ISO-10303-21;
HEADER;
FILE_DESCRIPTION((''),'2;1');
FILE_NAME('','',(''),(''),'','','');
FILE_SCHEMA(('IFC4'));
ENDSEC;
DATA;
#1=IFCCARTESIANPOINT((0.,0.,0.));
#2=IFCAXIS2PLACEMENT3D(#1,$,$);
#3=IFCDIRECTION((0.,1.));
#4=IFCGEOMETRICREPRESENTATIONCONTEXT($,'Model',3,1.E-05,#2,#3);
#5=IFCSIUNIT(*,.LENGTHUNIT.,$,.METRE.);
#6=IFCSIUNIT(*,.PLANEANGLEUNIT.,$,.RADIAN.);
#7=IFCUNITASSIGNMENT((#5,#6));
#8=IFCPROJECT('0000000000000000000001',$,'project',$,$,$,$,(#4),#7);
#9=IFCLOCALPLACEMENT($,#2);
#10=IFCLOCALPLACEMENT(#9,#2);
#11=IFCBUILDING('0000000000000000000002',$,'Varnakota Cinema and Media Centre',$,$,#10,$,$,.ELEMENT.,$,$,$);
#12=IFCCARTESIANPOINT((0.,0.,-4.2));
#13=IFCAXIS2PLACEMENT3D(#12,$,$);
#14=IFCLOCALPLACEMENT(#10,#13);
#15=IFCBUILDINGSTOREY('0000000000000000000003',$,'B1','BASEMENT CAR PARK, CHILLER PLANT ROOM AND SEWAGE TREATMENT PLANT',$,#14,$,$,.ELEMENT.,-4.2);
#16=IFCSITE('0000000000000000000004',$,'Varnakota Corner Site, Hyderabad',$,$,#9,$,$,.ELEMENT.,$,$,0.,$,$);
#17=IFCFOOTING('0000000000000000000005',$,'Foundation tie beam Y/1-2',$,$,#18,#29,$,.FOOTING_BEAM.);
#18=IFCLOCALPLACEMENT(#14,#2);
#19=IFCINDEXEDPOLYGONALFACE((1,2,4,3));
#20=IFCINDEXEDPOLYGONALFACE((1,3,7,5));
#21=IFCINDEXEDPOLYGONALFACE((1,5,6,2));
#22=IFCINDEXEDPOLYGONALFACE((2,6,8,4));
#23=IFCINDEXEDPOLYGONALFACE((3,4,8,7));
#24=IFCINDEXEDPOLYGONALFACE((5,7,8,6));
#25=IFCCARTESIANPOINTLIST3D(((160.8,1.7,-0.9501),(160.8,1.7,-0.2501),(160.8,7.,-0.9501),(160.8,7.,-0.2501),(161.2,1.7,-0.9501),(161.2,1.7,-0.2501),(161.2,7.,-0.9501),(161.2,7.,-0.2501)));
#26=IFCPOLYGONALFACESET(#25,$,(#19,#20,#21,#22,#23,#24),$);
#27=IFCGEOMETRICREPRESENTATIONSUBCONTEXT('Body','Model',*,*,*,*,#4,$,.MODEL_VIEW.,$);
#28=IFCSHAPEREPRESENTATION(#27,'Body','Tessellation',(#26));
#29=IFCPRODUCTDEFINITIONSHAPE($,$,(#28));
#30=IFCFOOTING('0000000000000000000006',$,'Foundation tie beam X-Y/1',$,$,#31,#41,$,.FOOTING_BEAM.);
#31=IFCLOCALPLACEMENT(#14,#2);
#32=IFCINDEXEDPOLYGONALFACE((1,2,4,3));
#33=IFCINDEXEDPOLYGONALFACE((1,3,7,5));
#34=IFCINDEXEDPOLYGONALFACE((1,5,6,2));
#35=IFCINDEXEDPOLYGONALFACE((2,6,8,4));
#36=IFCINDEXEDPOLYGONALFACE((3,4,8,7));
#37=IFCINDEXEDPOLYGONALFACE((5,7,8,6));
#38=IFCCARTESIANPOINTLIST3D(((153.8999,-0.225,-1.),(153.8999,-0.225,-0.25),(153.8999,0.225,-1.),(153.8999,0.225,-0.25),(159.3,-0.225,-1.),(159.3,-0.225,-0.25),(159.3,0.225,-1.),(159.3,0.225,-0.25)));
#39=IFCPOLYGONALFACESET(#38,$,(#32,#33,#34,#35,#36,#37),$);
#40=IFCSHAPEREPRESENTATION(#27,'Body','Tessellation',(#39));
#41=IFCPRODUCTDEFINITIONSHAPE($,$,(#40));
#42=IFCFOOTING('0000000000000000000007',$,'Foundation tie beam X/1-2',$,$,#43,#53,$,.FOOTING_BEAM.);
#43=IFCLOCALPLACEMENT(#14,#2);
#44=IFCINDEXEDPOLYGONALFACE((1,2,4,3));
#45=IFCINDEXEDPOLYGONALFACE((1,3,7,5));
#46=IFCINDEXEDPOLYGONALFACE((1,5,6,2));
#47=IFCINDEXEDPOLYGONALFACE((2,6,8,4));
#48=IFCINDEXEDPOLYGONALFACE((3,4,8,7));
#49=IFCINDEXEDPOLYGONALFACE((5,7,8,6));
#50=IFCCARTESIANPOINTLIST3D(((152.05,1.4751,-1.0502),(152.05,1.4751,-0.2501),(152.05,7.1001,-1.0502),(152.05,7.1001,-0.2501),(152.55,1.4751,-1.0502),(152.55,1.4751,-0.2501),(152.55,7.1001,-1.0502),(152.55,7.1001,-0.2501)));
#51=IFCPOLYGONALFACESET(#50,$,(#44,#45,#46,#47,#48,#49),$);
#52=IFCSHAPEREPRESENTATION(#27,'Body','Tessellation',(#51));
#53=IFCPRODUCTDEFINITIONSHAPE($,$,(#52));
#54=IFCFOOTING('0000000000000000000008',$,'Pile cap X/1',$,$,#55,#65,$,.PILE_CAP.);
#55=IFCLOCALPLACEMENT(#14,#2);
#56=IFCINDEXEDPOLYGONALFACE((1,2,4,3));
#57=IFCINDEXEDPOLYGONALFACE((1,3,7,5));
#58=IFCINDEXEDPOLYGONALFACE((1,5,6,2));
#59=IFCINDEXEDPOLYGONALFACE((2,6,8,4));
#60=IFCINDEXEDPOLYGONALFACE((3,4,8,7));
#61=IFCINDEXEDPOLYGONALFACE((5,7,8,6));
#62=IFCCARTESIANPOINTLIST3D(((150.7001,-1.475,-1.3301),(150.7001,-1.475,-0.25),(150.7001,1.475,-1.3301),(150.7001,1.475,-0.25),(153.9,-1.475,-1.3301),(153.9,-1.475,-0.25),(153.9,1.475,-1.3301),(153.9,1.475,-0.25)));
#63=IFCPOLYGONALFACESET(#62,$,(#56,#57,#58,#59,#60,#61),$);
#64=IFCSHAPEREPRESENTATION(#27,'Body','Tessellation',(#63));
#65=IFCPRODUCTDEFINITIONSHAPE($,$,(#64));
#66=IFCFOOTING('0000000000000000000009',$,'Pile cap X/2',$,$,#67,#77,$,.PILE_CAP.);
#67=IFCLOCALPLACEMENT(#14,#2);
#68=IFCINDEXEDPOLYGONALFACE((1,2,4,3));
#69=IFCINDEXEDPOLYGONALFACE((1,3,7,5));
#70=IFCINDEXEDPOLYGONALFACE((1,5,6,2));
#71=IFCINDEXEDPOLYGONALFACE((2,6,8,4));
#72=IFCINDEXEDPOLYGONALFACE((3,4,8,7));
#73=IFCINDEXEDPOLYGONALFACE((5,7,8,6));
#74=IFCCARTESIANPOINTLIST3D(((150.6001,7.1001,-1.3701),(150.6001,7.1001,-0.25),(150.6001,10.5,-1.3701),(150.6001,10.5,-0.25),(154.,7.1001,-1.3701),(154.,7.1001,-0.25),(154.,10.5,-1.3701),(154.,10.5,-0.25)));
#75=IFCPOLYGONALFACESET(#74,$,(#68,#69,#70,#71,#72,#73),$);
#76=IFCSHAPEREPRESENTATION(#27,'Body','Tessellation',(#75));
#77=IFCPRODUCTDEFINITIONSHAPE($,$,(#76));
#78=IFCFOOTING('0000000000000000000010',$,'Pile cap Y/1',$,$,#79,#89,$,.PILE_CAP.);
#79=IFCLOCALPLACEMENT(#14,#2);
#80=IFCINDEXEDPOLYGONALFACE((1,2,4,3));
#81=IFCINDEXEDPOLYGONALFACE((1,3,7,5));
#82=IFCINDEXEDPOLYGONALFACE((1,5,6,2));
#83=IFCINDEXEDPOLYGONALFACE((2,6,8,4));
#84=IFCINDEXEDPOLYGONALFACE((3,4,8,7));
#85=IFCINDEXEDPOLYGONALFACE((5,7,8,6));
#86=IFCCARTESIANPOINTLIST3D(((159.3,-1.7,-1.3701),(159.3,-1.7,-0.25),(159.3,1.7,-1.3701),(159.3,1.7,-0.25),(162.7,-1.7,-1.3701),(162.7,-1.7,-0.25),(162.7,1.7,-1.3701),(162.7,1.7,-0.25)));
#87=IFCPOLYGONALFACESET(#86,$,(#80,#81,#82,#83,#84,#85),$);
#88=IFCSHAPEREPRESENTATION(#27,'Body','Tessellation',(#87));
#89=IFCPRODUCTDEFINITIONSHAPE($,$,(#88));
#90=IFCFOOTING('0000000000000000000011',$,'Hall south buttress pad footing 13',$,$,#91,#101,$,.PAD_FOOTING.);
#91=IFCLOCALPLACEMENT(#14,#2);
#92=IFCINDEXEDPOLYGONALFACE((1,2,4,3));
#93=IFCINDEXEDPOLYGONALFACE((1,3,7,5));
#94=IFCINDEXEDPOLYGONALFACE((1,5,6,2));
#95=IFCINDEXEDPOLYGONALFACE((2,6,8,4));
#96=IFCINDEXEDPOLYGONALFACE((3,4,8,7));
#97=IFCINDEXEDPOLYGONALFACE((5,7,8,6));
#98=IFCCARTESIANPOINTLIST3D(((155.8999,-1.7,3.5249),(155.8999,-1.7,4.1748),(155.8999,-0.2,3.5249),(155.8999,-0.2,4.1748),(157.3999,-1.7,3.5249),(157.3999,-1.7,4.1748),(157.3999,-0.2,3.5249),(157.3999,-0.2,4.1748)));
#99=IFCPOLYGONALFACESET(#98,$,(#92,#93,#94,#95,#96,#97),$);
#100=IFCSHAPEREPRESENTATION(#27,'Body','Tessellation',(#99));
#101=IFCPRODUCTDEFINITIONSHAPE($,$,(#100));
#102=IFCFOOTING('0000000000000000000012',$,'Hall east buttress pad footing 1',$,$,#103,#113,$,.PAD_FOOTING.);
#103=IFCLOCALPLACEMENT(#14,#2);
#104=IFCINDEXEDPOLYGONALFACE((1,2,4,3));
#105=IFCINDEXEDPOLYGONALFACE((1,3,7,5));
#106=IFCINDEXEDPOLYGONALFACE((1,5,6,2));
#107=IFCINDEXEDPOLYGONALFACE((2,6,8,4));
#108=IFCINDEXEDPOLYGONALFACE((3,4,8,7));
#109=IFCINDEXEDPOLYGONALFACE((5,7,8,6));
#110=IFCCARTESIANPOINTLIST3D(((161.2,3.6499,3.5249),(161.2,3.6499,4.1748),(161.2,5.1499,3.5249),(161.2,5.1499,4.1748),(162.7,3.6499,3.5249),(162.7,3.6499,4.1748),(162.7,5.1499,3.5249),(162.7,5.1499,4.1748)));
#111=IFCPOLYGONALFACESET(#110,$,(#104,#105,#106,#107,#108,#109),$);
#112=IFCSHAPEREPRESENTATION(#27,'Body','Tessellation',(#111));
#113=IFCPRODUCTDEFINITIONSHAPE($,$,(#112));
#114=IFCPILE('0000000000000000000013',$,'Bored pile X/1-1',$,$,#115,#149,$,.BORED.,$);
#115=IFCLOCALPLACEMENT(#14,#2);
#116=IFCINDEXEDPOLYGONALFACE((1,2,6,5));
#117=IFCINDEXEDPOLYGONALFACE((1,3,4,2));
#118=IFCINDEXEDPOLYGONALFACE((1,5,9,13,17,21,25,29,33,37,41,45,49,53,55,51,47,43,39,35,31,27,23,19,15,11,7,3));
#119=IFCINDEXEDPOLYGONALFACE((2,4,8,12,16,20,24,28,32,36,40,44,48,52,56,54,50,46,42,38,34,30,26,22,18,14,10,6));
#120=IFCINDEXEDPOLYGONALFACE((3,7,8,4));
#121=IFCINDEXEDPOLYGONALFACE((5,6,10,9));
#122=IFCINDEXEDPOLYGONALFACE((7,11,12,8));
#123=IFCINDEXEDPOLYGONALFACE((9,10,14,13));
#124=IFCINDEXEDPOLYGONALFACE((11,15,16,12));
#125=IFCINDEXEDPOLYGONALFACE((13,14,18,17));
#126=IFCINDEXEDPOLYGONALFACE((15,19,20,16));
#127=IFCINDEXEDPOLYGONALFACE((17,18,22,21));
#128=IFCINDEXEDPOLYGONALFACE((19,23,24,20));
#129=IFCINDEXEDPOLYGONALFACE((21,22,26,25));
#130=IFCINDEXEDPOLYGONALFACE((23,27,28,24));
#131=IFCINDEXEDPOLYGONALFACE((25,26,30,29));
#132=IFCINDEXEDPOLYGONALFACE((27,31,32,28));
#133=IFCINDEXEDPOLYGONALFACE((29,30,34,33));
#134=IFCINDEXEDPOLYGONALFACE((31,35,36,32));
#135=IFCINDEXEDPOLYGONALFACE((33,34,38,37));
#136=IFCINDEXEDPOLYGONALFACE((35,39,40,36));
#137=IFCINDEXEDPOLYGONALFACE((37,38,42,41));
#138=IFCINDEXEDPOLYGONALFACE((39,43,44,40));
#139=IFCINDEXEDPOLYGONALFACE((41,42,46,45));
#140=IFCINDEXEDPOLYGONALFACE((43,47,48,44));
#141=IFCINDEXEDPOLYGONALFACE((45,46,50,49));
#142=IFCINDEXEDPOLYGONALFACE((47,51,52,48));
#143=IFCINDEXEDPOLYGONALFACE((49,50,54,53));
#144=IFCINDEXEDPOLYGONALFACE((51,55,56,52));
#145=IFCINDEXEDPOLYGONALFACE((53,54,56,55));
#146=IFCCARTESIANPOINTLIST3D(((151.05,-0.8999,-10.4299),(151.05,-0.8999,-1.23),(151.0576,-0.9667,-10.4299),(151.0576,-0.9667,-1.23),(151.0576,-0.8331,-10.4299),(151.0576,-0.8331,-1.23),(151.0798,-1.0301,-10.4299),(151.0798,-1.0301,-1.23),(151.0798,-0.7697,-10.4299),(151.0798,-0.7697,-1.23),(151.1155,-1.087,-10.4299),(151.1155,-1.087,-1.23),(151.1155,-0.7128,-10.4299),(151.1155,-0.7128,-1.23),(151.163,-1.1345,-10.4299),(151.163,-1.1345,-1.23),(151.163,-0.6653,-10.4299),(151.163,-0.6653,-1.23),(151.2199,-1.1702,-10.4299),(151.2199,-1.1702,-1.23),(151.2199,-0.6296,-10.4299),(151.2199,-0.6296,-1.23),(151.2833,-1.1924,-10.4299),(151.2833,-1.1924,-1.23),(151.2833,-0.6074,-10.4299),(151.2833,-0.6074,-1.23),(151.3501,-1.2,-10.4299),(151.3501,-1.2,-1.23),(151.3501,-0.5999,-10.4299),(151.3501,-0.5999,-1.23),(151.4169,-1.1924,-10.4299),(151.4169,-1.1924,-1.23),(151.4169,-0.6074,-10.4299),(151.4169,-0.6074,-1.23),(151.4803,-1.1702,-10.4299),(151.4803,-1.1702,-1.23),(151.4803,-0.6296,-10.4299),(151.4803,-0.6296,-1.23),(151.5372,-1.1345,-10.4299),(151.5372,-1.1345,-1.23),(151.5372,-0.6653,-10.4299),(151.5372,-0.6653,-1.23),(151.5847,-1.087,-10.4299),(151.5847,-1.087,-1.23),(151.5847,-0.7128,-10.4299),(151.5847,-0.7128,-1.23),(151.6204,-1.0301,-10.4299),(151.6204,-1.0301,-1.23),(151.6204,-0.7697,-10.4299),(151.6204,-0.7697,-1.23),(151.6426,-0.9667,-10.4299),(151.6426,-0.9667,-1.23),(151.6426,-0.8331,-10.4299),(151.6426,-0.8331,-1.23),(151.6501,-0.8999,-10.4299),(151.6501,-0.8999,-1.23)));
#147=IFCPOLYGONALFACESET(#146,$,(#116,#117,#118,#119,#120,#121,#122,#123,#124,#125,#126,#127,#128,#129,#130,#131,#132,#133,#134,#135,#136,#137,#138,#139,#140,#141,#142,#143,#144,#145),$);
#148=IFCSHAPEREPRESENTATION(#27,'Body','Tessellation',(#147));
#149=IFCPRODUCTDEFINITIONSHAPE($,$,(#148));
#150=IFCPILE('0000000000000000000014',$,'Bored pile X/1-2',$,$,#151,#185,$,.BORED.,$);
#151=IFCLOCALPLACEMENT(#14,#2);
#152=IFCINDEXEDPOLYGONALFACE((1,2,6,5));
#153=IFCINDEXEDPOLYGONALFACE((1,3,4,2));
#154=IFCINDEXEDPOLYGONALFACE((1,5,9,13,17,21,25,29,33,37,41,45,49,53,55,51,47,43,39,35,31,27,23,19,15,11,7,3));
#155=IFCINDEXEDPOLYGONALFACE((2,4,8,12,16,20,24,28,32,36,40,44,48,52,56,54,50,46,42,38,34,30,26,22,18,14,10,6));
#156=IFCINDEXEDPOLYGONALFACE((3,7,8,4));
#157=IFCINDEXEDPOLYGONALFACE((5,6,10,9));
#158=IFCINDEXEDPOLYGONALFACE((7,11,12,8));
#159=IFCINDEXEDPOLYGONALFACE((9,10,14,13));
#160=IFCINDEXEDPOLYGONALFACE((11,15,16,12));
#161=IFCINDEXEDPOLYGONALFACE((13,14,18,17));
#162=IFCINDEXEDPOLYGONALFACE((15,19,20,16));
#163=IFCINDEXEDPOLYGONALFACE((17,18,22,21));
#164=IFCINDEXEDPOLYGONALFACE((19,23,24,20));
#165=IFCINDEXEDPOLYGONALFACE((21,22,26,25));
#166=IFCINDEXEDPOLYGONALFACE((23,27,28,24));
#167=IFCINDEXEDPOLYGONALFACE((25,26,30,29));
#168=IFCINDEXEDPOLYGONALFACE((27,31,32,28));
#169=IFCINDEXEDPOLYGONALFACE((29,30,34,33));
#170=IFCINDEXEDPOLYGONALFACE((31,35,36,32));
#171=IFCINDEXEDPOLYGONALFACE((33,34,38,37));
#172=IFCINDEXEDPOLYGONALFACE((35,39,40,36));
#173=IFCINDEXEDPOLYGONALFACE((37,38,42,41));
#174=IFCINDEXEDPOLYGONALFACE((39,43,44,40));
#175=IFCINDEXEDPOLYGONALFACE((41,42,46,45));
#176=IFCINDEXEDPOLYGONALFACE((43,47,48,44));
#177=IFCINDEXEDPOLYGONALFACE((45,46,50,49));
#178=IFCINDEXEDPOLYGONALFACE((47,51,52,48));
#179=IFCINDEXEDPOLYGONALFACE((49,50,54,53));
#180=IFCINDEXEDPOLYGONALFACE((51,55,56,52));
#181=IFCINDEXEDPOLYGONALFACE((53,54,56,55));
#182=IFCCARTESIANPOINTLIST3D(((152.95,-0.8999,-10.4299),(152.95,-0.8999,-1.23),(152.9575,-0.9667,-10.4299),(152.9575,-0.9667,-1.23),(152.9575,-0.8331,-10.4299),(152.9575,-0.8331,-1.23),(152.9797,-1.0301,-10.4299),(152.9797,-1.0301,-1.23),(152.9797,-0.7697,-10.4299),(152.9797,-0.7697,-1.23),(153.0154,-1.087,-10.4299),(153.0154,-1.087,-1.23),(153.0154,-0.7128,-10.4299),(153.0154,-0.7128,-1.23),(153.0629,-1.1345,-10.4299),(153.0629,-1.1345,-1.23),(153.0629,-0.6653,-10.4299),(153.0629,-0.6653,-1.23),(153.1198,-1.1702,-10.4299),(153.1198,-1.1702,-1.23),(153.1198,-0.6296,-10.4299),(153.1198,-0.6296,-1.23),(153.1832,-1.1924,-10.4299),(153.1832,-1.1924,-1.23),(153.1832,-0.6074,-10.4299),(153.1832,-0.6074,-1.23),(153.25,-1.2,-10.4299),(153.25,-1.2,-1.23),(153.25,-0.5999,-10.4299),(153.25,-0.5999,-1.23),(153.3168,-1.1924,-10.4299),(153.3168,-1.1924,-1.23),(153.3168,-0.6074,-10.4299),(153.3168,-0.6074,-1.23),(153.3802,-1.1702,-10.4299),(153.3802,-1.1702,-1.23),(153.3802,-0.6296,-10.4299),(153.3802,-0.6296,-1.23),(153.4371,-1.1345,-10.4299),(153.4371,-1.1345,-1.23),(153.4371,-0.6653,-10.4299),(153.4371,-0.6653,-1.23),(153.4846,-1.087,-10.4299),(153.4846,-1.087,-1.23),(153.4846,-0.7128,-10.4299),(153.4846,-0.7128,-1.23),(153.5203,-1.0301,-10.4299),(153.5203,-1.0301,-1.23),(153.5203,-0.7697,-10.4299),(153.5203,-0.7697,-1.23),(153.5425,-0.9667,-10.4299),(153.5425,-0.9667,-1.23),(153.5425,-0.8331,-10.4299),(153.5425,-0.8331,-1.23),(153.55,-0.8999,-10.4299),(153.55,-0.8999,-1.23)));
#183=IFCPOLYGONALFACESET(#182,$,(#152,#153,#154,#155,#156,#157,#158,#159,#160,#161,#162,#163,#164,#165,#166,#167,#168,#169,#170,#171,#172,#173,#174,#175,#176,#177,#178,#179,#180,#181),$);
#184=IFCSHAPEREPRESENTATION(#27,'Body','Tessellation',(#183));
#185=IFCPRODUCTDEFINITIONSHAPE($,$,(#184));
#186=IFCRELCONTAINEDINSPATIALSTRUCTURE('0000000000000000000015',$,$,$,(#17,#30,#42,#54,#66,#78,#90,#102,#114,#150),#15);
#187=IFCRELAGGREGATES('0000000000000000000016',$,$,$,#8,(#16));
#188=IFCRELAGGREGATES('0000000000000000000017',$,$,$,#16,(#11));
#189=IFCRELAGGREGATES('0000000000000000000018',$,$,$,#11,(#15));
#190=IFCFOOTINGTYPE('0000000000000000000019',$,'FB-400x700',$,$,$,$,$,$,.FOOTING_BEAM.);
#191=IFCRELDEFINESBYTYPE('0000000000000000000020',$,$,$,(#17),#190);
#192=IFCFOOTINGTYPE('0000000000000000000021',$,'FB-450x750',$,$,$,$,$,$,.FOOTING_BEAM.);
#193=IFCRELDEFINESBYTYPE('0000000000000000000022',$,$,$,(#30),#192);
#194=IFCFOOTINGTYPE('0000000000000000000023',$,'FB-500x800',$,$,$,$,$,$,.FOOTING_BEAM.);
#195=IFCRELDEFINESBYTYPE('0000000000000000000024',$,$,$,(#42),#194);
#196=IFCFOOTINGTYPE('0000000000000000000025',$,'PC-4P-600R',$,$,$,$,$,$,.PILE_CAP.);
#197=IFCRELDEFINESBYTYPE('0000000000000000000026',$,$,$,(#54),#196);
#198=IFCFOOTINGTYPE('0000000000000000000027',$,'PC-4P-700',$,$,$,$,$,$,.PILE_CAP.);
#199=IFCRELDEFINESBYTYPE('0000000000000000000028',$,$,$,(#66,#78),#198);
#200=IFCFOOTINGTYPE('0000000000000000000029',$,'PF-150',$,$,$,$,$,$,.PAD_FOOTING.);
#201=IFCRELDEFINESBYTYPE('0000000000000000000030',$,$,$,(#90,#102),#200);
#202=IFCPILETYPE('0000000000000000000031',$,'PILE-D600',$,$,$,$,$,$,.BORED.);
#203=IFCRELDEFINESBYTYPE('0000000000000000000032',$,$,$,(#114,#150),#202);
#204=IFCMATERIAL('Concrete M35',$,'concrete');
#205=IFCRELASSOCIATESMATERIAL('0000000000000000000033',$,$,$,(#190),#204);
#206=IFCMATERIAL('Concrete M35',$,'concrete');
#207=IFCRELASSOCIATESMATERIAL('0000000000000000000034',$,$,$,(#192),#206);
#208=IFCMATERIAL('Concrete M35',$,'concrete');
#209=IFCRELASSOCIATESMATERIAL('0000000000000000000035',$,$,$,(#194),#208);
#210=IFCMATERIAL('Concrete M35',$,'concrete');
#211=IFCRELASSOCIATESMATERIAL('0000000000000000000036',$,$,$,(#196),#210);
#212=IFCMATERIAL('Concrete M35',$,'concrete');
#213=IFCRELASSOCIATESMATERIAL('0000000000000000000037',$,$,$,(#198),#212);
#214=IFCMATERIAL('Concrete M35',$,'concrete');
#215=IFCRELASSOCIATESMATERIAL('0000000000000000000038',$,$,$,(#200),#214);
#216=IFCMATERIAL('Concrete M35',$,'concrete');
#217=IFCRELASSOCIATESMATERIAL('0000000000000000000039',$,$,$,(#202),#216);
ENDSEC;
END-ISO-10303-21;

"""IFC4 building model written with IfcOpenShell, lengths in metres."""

from ifc_helpers import new_model, si_unit, direction, frame, origin, origin_2d, place, context, subcontext, project, spatial, rectangle, circle, extrude, material, material_profile, profile_set, type_object, element, save


model = new_model("IFC4")

# Units and contexts
model_context = context("Model", 3, precision=1e-05, world=origin(), true_north=direction((0.0, 1.0)))
body_context = subcontext(model_context, "Body", "Model", "MODEL_VIEW")
ifc_project = project(units=[si_unit("LENGTHUNIT", "METRE"), si_unit("PLANEANGLEUNIT", "RADIAN")], contexts=[model_context])

# Site, building, storey
site_placement = place(None, origin())
site = spatial("IfcSite", under=ifc_project, at=site_placement, Name="Varnakota Corner Site, Hyderabad", CompositionType="ELEMENT", RefElevation=0.0)
building_placement = place(site_placement, origin())
building = spatial("IfcBuilding", under=site, at=building_placement, Name="Varnakota Cinema and Media Centre", CompositionType="ELEMENT")
storey_placement = place(building_placement, frame((0.0, 0.0, -4.2)))
storey = spatial("IfcBuildingStorey", under=building, at=storey_placement, Name="B1", Description="BASEMENT CAR PARK, CHILLER PLANT ROOM AND SEWAGE TREATMENT PLANT", CompositionType="ELEMENT", Elevation=-4.2)

# Footings
ifc_material_1 = material(Name="Concrete M35", Category="concrete")
ifc_material_profile_1 = material_profile(ifc_material_1, rectangle(XDim=0.3999, YDim=0.7, at=origin_2d()), Name="FB 400x700")
ifc_profile_set_1 = profile_set([ifc_material_profile_1], Name="Concrete M35")
footing_type_1 = type_object("IfcFootingType", Name="FB-400x700", PredefinedType="FOOTING_BEAM", material=ifc_profile_set_1)
footing_1_placement = place(storey_placement, frame((161.0, 1.7, -0.6001), z_axis=(0.0, 1.0, 0.0), x_axis=(-1.0, 0.0, 0.0)))
element("IfcFooting", 1, at=footing_1_placement, inside=storey, type_object=footing_type_1, Name="Foundation tie beam Y/1-2", PredefinedType="FOOTING_BEAM", context=body_context, shape_type="SweptSolid", body=[
    extrude(rectangle(XDim=0.3999, YDim=0.7, at=origin_2d()), origin(), (0.0, 0.0, 1.0), 5.3),
])
ifc_material_2 = material(Name="Concrete M35", Category="concrete")
ifc_material_profile_2 = material_profile(ifc_material_2, rectangle(XDim=0.45, YDim=0.75, at=origin_2d()), Name="FB 450x750")
ifc_profile_set_2 = profile_set([ifc_material_profile_2], Name="Concrete M35")
footing_type_2 = type_object("IfcFootingType", Name="FB-450x750", PredefinedType="FOOTING_BEAM", material=ifc_profile_set_2)
footing_2_placement = place(storey_placement, frame((153.8999, 0.0, -0.625), z_axis=(1.0, 0.0, 0.0), x_axis=(0.0, 1.0, 0.0)))
element("IfcFooting", 2, at=footing_2_placement, inside=storey, type_object=footing_type_2, Name="Foundation tie beam X-Y/1", PredefinedType="FOOTING_BEAM", context=body_context, shape_type="SweptSolid", body=[
    extrude(rectangle(XDim=0.45, YDim=0.75, at=origin_2d()), origin(), (0.0, 0.0, 1.0), 5.4001),
])
ifc_material_3 = material(Name="Concrete M35", Category="concrete")
ifc_material_profile_3 = material_profile(ifc_material_3, rectangle(XDim=0.5, YDim=0.8, at=origin_2d()), Name="FB 500x800")
ifc_profile_set_3 = profile_set([ifc_material_profile_3], Name="Concrete M35")
footing_type_3 = type_object("IfcFootingType", Name="FB-500x800", PredefinedType="FOOTING_BEAM", material=ifc_profile_set_3)
footing_3_placement = place(storey_placement, frame((152.3, 1.4751, -0.6501), z_axis=(0.0, 1.0, 0.0), x_axis=(-1.0, 0.0, 0.0)))
element("IfcFooting", 3, at=footing_3_placement, inside=storey, type_object=footing_type_3, Name="Foundation tie beam X/1-2", PredefinedType="FOOTING_BEAM", context=body_context, shape_type="SweptSolid", body=[
    extrude(rectangle(XDim=0.5, YDim=0.8, at=origin_2d()), origin(), (0.0, 0.0, 1.0), 5.625),
])
ifc_material_4 = material(Name="Concrete M35", Category="concrete")
footing_type_4 = type_object("IfcFootingType", Name="PC-4P-600R", PredefinedType="PILE_CAP", material=ifc_material_4)
footing_4_placement = place(storey_placement, frame((152.3, 0.0, -1.3301), z_axis=(0.0, 0.0, 1.0), x_axis=(1.0, 0.0, 0.0)))
element("IfcFooting", 4, at=footing_4_placement, inside=storey, type_object=footing_type_4, Name="Pile cap X/1", PredefinedType="PILE_CAP", context=body_context, shape_type="SweptSolid", body=[
    extrude(rectangle(XDim=3.2, YDim=2.95, at=origin_2d()), origin(), (0.0, 0.0, 1.0), 1.0801),
])
ifc_material_5 = material(Name="Concrete M35", Category="concrete")
footing_type_5 = type_object("IfcFootingType", Name="PC-4P-700", PredefinedType="PILE_CAP", material=ifc_material_5)
for number, where, z_axis, x_axis, name in (
    (5, (152.3, 8.8, -1.3701), (0.0, 0.0, 1.0), (1.0, 0.0, 0.0), "Pile cap X/2"),
    (6, (161.0, 0.0, -1.3701), (0.0, 0.0, 1.0), (1.0, 0.0, 0.0), "Pile cap Y/1"),
):
    element("IfcFooting", number, at=place(storey_placement, frame(where, z_axis=z_axis, x_axis=x_axis)), inside=storey, type_object=footing_type_5, Name=name, PredefinedType="PILE_CAP", context=body_context, shape_type="SweptSolid", body=[
        extrude(rectangle(XDim=3.3999, YDim=3.3999, at=origin_2d()), origin(), (0.0, 0.0, 1.0), 1.1201),
    ])
ifc_material_6 = material(Name="Concrete M35", Category="concrete")
footing_type_6 = type_object("IfcFootingType", Name="PF-150", PredefinedType="PAD_FOOTING", material=ifc_material_6)
for number, where, z_axis, x_axis, name in (
    (7, (156.6499, -0.95, 3.5249), (0.0, 0.0, 1.0), (1.0, 0.0, 0.0), "Hall south buttress pad footing 13"),
    (8, (161.95, 4.3999, 3.5249), (0.0, 0.0, 1.0), (1.0, 0.0, 0.0), "Hall east buttress pad footing 1"),
):
    element("IfcFooting", number, at=place(storey_placement, frame(where, z_axis=z_axis, x_axis=x_axis)), inside=storey, type_object=footing_type_6, Name=name, PredefinedType="PAD_FOOTING", context=body_context, shape_type="SweptSolid", body=[
        extrude(rectangle(XDim=1.5, YDim=1.5, at=origin_2d()), origin(), (0.0, 0.0, 1.0), 0.6499),
    ])

# Piles
ifc_material_7 = material(Name="Concrete M35", Category="concrete")
ifc_material_profile_4 = material_profile(ifc_material_7, circle(Radius=0.3, at=origin_2d()), Name="PILE D600")
ifc_profile_set_4 = profile_set([ifc_material_profile_4], Name="Concrete M35")
pile_type_1 = type_object("IfcPileType", Name="PILE-D600", PredefinedType="BORED", material=ifc_profile_set_4)
for number, where, z_axis, x_axis, name in (
    (9, (151.3501, -0.8999, -1.23), (0.0, 0.0, -1.0), (1.0, 0.0, 0.0), "Bored pile X/1-1"),
    (10, (153.25, -0.8999, -1.23), (0.0, 0.0, -1.0), (1.0, 0.0, 0.0), "Bored pile X/1-2"),
):
    element("IfcPile", number, at=place(storey_placement, frame(where, z_axis=z_axis, x_axis=x_axis)), inside=storey, type_object=pile_type_1, Name=name, PredefinedType="BORED", context=body_context, shape_type="SweptSolid", body=[
        extrude(circle(Radius=0.3, at=origin_2d()), origin(), (0.0, 0.0, 1.0), 9.2),
    ])

save(model, "model.ifc")
